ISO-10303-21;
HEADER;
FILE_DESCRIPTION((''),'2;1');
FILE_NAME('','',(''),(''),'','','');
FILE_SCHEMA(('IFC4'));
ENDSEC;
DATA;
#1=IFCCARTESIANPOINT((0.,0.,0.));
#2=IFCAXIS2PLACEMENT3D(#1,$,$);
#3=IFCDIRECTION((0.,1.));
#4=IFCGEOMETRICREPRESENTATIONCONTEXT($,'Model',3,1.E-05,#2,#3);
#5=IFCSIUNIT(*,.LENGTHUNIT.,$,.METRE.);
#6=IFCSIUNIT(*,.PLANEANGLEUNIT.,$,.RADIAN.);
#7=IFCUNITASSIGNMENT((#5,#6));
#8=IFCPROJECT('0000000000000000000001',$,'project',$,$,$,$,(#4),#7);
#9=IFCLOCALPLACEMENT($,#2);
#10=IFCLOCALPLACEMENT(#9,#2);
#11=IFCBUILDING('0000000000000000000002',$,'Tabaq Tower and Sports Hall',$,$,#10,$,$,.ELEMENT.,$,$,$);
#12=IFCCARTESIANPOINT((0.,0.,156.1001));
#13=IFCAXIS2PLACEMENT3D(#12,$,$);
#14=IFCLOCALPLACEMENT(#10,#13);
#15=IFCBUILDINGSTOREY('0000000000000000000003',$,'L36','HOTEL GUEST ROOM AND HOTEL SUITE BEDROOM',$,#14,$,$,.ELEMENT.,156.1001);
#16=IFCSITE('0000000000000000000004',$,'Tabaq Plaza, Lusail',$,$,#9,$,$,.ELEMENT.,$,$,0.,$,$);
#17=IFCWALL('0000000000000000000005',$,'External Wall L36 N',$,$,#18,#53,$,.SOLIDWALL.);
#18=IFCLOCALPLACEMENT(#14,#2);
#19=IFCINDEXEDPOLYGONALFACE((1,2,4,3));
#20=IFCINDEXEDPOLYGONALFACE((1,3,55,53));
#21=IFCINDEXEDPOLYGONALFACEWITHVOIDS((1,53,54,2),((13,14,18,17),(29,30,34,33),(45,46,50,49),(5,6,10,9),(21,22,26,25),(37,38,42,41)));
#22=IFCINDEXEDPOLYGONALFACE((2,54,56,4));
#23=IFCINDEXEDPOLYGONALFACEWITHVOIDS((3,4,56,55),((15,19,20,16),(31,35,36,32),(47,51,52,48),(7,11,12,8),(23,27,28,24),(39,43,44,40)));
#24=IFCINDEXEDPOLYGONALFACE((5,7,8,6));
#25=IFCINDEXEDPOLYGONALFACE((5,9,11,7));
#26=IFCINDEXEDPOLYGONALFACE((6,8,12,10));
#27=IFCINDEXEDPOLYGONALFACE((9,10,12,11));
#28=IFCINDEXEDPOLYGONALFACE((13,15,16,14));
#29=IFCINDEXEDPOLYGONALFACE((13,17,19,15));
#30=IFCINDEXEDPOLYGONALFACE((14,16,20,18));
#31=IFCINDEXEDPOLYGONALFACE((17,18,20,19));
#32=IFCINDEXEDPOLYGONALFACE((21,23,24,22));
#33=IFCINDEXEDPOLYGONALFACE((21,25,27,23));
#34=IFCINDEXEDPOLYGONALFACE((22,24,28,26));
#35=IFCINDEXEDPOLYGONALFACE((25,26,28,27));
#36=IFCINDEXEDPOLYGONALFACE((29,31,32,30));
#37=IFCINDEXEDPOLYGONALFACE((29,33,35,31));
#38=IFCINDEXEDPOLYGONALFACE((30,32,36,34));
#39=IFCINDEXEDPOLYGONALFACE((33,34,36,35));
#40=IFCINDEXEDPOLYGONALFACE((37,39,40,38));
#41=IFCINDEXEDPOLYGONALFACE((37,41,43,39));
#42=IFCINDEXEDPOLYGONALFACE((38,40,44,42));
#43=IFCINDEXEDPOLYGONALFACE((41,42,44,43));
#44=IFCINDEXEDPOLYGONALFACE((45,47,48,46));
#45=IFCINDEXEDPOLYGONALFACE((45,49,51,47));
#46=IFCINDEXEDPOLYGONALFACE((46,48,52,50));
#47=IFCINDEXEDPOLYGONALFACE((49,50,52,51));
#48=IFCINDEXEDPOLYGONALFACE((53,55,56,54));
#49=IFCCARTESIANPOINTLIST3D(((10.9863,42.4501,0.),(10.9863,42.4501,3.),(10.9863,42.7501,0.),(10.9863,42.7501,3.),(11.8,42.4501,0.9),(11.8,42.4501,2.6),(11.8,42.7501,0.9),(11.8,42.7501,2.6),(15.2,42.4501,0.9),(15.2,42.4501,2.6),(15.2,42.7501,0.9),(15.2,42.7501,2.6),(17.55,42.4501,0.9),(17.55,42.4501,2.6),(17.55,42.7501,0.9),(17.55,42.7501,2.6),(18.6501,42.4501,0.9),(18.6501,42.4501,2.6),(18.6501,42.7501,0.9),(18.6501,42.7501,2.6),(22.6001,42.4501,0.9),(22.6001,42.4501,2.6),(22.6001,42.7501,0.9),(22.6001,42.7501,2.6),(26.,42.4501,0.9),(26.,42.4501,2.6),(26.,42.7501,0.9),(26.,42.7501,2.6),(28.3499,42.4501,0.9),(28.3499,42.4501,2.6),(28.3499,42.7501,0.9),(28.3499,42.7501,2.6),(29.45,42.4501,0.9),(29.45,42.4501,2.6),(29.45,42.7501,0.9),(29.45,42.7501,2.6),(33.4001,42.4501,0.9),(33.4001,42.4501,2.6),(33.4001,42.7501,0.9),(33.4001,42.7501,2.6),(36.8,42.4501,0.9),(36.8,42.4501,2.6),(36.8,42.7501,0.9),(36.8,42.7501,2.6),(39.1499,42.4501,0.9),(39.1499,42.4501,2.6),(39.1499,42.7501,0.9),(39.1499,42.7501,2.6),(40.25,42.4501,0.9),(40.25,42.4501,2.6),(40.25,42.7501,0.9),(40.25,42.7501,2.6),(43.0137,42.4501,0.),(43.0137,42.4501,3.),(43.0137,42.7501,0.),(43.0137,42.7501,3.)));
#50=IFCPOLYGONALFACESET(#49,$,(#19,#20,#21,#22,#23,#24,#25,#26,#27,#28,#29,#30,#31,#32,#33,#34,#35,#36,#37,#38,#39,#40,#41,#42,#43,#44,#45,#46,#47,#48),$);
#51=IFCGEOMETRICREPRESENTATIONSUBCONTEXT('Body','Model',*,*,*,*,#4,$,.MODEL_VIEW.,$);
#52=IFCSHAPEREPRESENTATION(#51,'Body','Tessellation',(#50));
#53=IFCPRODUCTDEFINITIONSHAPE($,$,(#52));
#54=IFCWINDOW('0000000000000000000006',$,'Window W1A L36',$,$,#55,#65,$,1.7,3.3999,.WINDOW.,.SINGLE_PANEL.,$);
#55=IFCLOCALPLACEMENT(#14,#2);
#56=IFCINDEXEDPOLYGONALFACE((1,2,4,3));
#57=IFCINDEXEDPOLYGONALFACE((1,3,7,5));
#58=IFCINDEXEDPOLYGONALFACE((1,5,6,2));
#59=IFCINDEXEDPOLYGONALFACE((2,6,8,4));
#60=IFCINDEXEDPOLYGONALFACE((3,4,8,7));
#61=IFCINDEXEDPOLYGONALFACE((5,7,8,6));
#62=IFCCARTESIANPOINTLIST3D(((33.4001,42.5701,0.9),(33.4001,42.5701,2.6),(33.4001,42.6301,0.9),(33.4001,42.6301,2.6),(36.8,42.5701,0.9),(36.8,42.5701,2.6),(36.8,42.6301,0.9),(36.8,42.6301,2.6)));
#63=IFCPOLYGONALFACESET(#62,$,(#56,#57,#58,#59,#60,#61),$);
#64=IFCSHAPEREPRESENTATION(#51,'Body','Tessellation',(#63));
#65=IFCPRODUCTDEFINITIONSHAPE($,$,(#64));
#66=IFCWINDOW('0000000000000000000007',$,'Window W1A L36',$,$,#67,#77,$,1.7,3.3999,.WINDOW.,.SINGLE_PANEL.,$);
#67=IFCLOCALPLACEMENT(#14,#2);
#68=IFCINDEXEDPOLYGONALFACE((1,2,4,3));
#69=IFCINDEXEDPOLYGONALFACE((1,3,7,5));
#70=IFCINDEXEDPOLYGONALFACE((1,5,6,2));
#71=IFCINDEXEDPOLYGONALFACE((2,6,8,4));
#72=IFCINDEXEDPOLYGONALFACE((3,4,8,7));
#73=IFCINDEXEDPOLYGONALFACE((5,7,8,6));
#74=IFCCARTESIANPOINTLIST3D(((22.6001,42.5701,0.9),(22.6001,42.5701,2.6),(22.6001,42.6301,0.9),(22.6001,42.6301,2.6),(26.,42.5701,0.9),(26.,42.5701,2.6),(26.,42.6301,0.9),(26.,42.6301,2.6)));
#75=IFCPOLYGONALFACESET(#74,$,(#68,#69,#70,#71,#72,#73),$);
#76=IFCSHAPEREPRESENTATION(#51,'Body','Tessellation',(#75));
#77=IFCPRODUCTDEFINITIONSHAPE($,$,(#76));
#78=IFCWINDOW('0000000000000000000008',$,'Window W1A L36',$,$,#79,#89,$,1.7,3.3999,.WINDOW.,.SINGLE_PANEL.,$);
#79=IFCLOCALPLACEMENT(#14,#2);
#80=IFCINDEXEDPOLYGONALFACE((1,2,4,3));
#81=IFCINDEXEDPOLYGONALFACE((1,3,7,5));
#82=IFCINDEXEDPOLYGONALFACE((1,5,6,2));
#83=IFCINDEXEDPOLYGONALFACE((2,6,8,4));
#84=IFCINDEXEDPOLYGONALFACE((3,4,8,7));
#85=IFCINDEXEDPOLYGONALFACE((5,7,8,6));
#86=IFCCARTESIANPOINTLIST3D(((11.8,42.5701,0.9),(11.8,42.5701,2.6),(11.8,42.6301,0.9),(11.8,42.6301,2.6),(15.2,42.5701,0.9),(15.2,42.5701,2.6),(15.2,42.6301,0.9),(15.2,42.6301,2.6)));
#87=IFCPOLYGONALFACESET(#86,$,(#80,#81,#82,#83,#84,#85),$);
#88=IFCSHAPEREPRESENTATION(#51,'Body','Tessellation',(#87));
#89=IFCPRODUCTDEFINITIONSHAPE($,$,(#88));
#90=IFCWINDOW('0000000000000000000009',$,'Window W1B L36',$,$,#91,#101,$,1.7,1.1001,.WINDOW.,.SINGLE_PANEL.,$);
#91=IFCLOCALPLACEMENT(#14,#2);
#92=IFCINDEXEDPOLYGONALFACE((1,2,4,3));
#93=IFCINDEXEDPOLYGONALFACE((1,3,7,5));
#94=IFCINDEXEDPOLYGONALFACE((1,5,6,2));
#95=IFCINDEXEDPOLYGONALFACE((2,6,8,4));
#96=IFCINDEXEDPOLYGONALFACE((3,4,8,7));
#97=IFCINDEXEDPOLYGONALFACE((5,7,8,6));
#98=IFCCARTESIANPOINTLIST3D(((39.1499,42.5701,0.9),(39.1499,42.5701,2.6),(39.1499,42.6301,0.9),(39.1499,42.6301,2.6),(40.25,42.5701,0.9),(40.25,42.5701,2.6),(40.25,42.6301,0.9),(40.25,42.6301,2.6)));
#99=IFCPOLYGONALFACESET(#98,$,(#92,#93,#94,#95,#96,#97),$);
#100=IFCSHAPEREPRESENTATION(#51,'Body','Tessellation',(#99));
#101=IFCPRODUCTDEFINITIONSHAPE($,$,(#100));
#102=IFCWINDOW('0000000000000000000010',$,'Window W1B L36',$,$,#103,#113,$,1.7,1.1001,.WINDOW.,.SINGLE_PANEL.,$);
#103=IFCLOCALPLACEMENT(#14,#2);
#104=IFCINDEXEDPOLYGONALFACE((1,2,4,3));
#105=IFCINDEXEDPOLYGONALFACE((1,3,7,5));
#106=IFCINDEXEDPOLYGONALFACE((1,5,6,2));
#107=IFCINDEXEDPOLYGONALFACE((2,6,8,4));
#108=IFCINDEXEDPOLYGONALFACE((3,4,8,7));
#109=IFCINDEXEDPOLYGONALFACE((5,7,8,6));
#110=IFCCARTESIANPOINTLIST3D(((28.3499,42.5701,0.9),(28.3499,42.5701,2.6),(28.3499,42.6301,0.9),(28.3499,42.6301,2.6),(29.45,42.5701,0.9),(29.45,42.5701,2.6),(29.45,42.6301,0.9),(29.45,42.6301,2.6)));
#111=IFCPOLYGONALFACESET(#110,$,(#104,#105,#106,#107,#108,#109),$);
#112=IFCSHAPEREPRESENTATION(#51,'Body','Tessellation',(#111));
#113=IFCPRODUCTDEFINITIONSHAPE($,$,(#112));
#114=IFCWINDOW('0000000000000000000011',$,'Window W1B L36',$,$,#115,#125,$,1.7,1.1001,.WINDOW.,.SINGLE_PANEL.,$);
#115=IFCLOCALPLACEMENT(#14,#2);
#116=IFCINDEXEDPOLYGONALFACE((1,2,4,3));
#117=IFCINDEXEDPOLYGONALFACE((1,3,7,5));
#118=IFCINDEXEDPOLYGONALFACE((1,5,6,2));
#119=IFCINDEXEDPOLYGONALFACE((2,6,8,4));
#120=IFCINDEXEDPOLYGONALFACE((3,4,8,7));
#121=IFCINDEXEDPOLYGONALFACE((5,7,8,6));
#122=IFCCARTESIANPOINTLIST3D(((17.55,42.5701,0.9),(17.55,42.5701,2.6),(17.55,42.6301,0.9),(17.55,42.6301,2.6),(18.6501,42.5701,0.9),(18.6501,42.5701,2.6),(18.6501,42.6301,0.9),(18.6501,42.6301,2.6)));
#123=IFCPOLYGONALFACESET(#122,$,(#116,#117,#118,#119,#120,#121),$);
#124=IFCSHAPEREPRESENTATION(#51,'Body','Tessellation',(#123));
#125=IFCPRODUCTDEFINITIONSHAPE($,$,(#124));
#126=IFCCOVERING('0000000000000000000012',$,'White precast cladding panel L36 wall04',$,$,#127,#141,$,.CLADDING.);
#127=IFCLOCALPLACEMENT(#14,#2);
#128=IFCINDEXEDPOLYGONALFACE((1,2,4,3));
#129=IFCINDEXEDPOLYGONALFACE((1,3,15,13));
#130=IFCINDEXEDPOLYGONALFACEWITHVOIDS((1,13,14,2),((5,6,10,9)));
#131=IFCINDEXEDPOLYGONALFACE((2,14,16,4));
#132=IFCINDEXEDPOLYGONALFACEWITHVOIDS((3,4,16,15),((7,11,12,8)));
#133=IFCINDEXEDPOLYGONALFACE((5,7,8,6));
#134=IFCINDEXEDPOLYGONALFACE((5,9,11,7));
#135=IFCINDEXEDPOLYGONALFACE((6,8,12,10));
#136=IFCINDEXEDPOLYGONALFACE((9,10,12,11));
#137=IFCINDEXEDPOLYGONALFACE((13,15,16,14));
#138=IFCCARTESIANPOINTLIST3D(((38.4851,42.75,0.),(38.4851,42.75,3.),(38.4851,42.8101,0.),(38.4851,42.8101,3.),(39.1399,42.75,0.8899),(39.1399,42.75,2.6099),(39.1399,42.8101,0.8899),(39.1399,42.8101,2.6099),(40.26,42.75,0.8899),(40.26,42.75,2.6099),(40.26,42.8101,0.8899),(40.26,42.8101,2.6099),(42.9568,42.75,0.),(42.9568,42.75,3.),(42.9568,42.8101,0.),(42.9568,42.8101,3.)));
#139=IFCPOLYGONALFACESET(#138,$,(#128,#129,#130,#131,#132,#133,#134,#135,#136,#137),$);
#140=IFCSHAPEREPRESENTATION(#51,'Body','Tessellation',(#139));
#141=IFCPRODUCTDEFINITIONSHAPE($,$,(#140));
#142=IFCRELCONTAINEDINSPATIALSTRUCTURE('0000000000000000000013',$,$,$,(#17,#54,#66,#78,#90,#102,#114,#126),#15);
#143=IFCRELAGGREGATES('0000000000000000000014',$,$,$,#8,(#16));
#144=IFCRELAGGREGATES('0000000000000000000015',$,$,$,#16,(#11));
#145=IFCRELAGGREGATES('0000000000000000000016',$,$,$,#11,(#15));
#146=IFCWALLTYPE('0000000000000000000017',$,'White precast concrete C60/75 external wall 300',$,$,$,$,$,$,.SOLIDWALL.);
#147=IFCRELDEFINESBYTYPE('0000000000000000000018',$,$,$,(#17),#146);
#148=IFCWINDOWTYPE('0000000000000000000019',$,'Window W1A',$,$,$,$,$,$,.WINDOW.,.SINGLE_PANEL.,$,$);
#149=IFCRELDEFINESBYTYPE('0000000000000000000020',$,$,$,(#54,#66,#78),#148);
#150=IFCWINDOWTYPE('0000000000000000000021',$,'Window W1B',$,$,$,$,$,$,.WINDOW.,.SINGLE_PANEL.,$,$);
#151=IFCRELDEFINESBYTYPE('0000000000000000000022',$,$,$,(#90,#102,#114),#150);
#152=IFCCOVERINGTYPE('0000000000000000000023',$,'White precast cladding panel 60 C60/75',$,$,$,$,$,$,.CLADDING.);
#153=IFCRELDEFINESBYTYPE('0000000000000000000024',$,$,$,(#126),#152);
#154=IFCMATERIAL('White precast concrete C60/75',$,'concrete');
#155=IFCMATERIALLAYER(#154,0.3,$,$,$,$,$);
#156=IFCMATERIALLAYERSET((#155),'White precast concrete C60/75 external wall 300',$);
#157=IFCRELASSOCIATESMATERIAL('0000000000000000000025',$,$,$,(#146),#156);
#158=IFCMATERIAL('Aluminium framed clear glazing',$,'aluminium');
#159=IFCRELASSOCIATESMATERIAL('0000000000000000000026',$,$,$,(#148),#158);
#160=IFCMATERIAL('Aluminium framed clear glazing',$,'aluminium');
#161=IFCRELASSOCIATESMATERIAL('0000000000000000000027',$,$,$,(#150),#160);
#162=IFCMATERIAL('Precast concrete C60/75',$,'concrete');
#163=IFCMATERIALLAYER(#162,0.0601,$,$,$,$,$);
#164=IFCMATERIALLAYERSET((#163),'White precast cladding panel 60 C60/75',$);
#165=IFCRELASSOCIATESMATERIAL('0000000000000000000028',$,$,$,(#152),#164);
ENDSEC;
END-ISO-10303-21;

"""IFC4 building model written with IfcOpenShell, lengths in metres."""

from ifc_helpers import new_model, si_unit, direction, frame, frame_2d, origin, place, context, subcontext, project, spatial, polyline, rectangle, outline, extrude, material, layer, layer_set, type_object, element, fill, save


model = new_model("IFC4")

# Units and contexts
model_context = context("Model", 3, precision=1e-05, world=origin(), true_north=direction((0.0, 1.0)))
body_context = subcontext(model_context, "Body", "Model", "MODEL_VIEW")
ifc_project = project(units=[si_unit("LENGTHUNIT", "METRE"), si_unit("PLANEANGLEUNIT", "RADIAN")], contexts=[model_context])

# Site, building, storey
site_placement = place(None, origin())
site = spatial("IfcSite", under=ifc_project, at=site_placement, Name="Tabaq Plaza, Lusail", CompositionType="ELEMENT", RefElevation=0.0)
building_placement = place(site_placement, origin())
building = spatial("IfcBuilding", under=site, at=building_placement, Name="Tabaq Tower and Sports Hall", CompositionType="ELEMENT")
storey_placement = place(building_placement, frame((0.0, 0.0, 156.1001)))
storey = spatial("IfcBuildingStorey", under=building, at=storey_placement, Name="L36", Description="HOTEL GUEST ROOM AND HOTEL SUITE BEDROOM", CompositionType="ELEMENT", Elevation=156.1001)

# Wall, openings, windows
ifc_material_1 = material(Name="White precast concrete C60/75", Category="concrete")
ifc_layer_1 = layer(ifc_material_1, 0.3)
ifc_layer_set_1 = layer_set([ifc_layer_1], Name="White precast concrete C60/75 external wall 300")
wall_type_1 = type_object("IfcWallType", Name="White precast concrete C60/75 external wall 300", PredefinedType="SOLIDWALL", material=ifc_layer_set_1)
wall_1_placement = place(storey_placement, frame((43.0137, 42.6001, 0.0), z_axis=(0.0, 0.0, 1.0), x_axis=(-1.0, 0.0, 0.0)))
wall_1 = element("IfcWall", 1, at=wall_1_placement, inside=storey, type_object=wall_type_1, Name="External Wall L36 N", PredefinedType="SOLIDWALL", context=body_context, shape_type="SweptSolid", body=[
    extrude(rectangle(XDim=32.0273, YDim=0.3, at=frame_2d((16.0137, 0.0))), origin(), (0.0, 0.0, 1.0), 3.0),
])
opening_1_placement = place(wall_1_placement, frame((2.7637, 0.0, 0.8999)))
opening_1 = element("IfcOpeningElement", 2, at=opening_1_placement, cuts=wall_1, PredefinedType="OPENING", context=body_context, shape_type="SweptSolid", body=[
    extrude(rectangle(XDim=1.1001, YDim=1.7, at=frame_2d((0.55, 0.8501))), frame((0.0, 0.1602, 0.0), z_axis=(0.0, -1.0, 0.0), x_axis=(1.0, 0.0, 0.0)), (0.0, 0.0, 1.0), 0.3201),
])
opening_2_placement = place(wall_1_placement, frame((6.2136, 0.0, 0.8999)))
opening_2 = element("IfcOpeningElement", 3, at=opening_2_placement, cuts=wall_1, PredefinedType="OPENING", context=body_context, shape_type="SweptSolid", body=[
    extrude(rectangle(XDim=3.3999, YDim=1.7, at=frame_2d((1.7, 0.8501))), frame((0.0, 0.1602, 0.0), z_axis=(0.0, -1.0, 0.0), x_axis=(1.0, 0.0, 0.0)), (0.0, 0.0, 1.0), 0.3201),
])
opening_3_placement = place(wall_1_placement, frame((13.5637, 0.0, 0.8999)))
opening_3 = element("IfcOpeningElement", 4, at=opening_3_placement, cuts=wall_1, PredefinedType="OPENING", context=body_context, shape_type="SweptSolid", body=[
    extrude(rectangle(XDim=1.1001, YDim=1.7, at=frame_2d((0.55, 0.8501))), frame((0.0, 0.1602, 0.0), z_axis=(0.0, -1.0, 0.0), x_axis=(1.0, 0.0, 0.0)), (0.0, 0.0, 1.0), 0.3201),
])
opening_4_placement = place(wall_1_placement, frame((17.0137, 0.0, 0.8999)))
opening_4 = element("IfcOpeningElement", 5, at=opening_4_placement, cuts=wall_1, PredefinedType="OPENING", context=body_context, shape_type="SweptSolid", body=[
    extrude(rectangle(XDim=3.3999, YDim=1.7, at=frame_2d((1.7, 0.8501))), frame((0.0, 0.1602, 0.0), z_axis=(0.0, -1.0, 0.0), x_axis=(1.0, 0.0, 0.0)), (0.0, 0.0, 1.0), 0.3201),
])
opening_5_placement = place(wall_1_placement, frame((24.3635, 0.0, 0.8999)))
opening_5 = element("IfcOpeningElement", 6, at=opening_5_placement, cuts=wall_1, PredefinedType="OPENING", context=body_context, shape_type="SweptSolid", body=[
    extrude(rectangle(XDim=1.1001, YDim=1.7, at=frame_2d((0.55, 0.8501))), frame((0.0, 0.1602, 0.0), z_axis=(0.0, -1.0, 0.0), x_axis=(1.0, 0.0, 0.0)), (0.0, 0.0, 1.0), 0.3201),
])
opening_6_placement = place(wall_1_placement, frame((27.8137, 0.0, 0.8999)))
opening_6 = element("IfcOpeningElement", 7, at=opening_6_placement, cuts=wall_1, PredefinedType="OPENING", context=body_context, shape_type="SweptSolid", body=[
    extrude(rectangle(XDim=3.3999, YDim=1.7, at=frame_2d((1.7, 0.8501))), frame((0.0, 0.1602, 0.0), z_axis=(0.0, -1.0, 0.0), x_axis=(1.0, 0.0, 0.0)), (0.0, 0.0, 1.0), 0.3201),
])
ifc_material_2 = material(Name="Aluminium framed clear glazing", Category="aluminium")
window_type_1 = type_object("IfcWindowType", Name="Window W1A", PartitioningType="SINGLE_PANEL", PredefinedType="WINDOW", material=ifc_material_2)
window_1_placement = place(opening_2_placement, origin())
window_1 = element("IfcWindow", 8, at=window_1_placement, inside=storey, type_object=window_type_1, Name="Window W1A L36", OverallHeight=1.7, OverallWidth=3.3999, PartitioningType="SINGLE_PANEL", PredefinedType="WINDOW", context=body_context, shape_type="SweptSolid", body=[
    extrude(rectangle(XDim=3.3999, YDim=1.7, at=frame_2d((1.7, 0.8501))), frame((0.0, 0.03, 0.0), z_axis=(0.0, -1.0, 0.0), x_axis=(1.0, 0.0, 0.0)), (0.0, 0.0, 1.0), 0.0601),
])
fill(opening_2, window_1)
window_2_placement = place(opening_4_placement, origin())
window_2 = element("IfcWindow", 9, at=window_2_placement, inside=storey, type_object=window_type_1, Name="Window W1A L36", OverallHeight=1.7, OverallWidth=3.3999, PartitioningType="SINGLE_PANEL", PredefinedType="WINDOW", context=body_context, shape_type="SweptSolid", body=[
    extrude(rectangle(XDim=3.3999, YDim=1.7, at=frame_2d((1.7, 0.8501))), frame((0.0, 0.03, 0.0), z_axis=(0.0, -1.0, 0.0), x_axis=(1.0, 0.0, 0.0)), (0.0, 0.0, 1.0), 0.0601),
])
fill(opening_4, window_2)
window_3_placement = place(opening_6_placement, origin())
window_3 = element("IfcWindow", 10, at=window_3_placement, inside=storey, type_object=window_type_1, Name="Window W1A L36", OverallHeight=1.7, OverallWidth=3.3999, PartitioningType="SINGLE_PANEL", PredefinedType="WINDOW", context=body_context, shape_type="SweptSolid", body=[
    extrude(rectangle(XDim=3.3999, YDim=1.7, at=frame_2d((1.7, 0.8501))), frame((0.0, 0.03, 0.0), z_axis=(0.0, -1.0, 0.0), x_axis=(1.0, 0.0, 0.0)), (0.0, 0.0, 1.0), 0.0601),
])
fill(opening_6, window_3)
ifc_material_3 = material(Name="Aluminium framed clear glazing", Category="aluminium")
window_type_2 = type_object("IfcWindowType", Name="Window W1B", PartitioningType="SINGLE_PANEL", PredefinedType="WINDOW", material=ifc_material_3)
window_4_placement = place(opening_1_placement, origin())
window_4 = element("IfcWindow", 11, at=window_4_placement, inside=storey, type_object=window_type_2, Name="Window W1B L36", OverallHeight=1.7, OverallWidth=1.1001, PartitioningType="SINGLE_PANEL", PredefinedType="WINDOW", context=body_context, shape_type="SweptSolid", body=[
    extrude(rectangle(XDim=1.1001, YDim=1.7, at=frame_2d((0.55, 0.8501))), frame((0.0, 0.03, 0.0), z_axis=(0.0, -1.0, 0.0), x_axis=(1.0, 0.0, 0.0)), (0.0, 0.0, 1.0), 0.0601),
])
fill(opening_1, window_4)
window_5_placement = place(opening_3_placement, origin())
window_5 = element("IfcWindow", 12, at=window_5_placement, inside=storey, type_object=window_type_2, Name="Window W1B L36", OverallHeight=1.7, OverallWidth=1.1001, PartitioningType="SINGLE_PANEL", PredefinedType="WINDOW", context=body_context, shape_type="SweptSolid", body=[
    extrude(rectangle(XDim=1.1001, YDim=1.7, at=frame_2d((0.55, 0.8501))), frame((0.0, 0.03, 0.0), z_axis=(0.0, -1.0, 0.0), x_axis=(1.0, 0.0, 0.0)), (0.0, 0.0, 1.0), 0.0601),
])
fill(opening_3, window_5)
window_6_placement = place(opening_5_placement, origin())
window_6 = element("IfcWindow", 13, at=window_6_placement, inside=storey, type_object=window_type_2, Name="Window W1B L36", OverallHeight=1.7, OverallWidth=1.1001, PartitioningType="SINGLE_PANEL", PredefinedType="WINDOW", context=body_context, shape_type="SweptSolid", body=[
    extrude(rectangle(XDim=1.1001, YDim=1.7, at=frame_2d((0.55, 0.8501))), frame((0.0, 0.03, 0.0), z_axis=(0.0, -1.0, 0.0), x_axis=(1.0, 0.0, 0.0)), (0.0, 0.0, 1.0), 0.0601),
])
fill(opening_5, window_6)

# Covering
ifc_material_4 = material(Name="Precast concrete C60/75", Category="concrete")
ifc_layer_2 = layer(ifc_material_4, 0.0601)
ifc_layer_set_2 = layer_set([ifc_layer_2], Name="White precast cladding panel 60 C60/75")
covering_type = type_object("IfcCoveringType", Name="White precast cladding panel 60 C60/75", PredefinedType="CLADDING", material=ifc_layer_set_2)
covering_placement = place(storey_placement, frame((42.9568, 42.78, 0.0), z_axis=(0.0, 0.0, 1.0), x_axis=(-1.0, 0.0, 0.0)))
element("IfcCovering", 14, at=covering_placement, inside=storey, type_object=covering_type, Name="White precast cladding panel L36 wall04", PredefinedType="CLADDING", context=body_context, shape_type="SweptSolid", body=[
    extrude(outline(polyline([(0.0, 0.0), (4.4717, 0.0), (4.4717, 3.0), (0.0, 3.0), (0.0, 0.0)]), holes=[polyline([(2.6968, 0.8899), (2.6968, 2.6099), (3.8169, 2.6099), (3.8169, 0.8899), (2.6968, 0.8899)])]), frame((0.0, 0.03, 0.0), z_axis=(0.0, -1.0, 0.0), x_axis=(1.0, 0.0, 0.0)), (0.0, 0.0, 1.0), 0.0601),
])

save(model, "model.ifc")
